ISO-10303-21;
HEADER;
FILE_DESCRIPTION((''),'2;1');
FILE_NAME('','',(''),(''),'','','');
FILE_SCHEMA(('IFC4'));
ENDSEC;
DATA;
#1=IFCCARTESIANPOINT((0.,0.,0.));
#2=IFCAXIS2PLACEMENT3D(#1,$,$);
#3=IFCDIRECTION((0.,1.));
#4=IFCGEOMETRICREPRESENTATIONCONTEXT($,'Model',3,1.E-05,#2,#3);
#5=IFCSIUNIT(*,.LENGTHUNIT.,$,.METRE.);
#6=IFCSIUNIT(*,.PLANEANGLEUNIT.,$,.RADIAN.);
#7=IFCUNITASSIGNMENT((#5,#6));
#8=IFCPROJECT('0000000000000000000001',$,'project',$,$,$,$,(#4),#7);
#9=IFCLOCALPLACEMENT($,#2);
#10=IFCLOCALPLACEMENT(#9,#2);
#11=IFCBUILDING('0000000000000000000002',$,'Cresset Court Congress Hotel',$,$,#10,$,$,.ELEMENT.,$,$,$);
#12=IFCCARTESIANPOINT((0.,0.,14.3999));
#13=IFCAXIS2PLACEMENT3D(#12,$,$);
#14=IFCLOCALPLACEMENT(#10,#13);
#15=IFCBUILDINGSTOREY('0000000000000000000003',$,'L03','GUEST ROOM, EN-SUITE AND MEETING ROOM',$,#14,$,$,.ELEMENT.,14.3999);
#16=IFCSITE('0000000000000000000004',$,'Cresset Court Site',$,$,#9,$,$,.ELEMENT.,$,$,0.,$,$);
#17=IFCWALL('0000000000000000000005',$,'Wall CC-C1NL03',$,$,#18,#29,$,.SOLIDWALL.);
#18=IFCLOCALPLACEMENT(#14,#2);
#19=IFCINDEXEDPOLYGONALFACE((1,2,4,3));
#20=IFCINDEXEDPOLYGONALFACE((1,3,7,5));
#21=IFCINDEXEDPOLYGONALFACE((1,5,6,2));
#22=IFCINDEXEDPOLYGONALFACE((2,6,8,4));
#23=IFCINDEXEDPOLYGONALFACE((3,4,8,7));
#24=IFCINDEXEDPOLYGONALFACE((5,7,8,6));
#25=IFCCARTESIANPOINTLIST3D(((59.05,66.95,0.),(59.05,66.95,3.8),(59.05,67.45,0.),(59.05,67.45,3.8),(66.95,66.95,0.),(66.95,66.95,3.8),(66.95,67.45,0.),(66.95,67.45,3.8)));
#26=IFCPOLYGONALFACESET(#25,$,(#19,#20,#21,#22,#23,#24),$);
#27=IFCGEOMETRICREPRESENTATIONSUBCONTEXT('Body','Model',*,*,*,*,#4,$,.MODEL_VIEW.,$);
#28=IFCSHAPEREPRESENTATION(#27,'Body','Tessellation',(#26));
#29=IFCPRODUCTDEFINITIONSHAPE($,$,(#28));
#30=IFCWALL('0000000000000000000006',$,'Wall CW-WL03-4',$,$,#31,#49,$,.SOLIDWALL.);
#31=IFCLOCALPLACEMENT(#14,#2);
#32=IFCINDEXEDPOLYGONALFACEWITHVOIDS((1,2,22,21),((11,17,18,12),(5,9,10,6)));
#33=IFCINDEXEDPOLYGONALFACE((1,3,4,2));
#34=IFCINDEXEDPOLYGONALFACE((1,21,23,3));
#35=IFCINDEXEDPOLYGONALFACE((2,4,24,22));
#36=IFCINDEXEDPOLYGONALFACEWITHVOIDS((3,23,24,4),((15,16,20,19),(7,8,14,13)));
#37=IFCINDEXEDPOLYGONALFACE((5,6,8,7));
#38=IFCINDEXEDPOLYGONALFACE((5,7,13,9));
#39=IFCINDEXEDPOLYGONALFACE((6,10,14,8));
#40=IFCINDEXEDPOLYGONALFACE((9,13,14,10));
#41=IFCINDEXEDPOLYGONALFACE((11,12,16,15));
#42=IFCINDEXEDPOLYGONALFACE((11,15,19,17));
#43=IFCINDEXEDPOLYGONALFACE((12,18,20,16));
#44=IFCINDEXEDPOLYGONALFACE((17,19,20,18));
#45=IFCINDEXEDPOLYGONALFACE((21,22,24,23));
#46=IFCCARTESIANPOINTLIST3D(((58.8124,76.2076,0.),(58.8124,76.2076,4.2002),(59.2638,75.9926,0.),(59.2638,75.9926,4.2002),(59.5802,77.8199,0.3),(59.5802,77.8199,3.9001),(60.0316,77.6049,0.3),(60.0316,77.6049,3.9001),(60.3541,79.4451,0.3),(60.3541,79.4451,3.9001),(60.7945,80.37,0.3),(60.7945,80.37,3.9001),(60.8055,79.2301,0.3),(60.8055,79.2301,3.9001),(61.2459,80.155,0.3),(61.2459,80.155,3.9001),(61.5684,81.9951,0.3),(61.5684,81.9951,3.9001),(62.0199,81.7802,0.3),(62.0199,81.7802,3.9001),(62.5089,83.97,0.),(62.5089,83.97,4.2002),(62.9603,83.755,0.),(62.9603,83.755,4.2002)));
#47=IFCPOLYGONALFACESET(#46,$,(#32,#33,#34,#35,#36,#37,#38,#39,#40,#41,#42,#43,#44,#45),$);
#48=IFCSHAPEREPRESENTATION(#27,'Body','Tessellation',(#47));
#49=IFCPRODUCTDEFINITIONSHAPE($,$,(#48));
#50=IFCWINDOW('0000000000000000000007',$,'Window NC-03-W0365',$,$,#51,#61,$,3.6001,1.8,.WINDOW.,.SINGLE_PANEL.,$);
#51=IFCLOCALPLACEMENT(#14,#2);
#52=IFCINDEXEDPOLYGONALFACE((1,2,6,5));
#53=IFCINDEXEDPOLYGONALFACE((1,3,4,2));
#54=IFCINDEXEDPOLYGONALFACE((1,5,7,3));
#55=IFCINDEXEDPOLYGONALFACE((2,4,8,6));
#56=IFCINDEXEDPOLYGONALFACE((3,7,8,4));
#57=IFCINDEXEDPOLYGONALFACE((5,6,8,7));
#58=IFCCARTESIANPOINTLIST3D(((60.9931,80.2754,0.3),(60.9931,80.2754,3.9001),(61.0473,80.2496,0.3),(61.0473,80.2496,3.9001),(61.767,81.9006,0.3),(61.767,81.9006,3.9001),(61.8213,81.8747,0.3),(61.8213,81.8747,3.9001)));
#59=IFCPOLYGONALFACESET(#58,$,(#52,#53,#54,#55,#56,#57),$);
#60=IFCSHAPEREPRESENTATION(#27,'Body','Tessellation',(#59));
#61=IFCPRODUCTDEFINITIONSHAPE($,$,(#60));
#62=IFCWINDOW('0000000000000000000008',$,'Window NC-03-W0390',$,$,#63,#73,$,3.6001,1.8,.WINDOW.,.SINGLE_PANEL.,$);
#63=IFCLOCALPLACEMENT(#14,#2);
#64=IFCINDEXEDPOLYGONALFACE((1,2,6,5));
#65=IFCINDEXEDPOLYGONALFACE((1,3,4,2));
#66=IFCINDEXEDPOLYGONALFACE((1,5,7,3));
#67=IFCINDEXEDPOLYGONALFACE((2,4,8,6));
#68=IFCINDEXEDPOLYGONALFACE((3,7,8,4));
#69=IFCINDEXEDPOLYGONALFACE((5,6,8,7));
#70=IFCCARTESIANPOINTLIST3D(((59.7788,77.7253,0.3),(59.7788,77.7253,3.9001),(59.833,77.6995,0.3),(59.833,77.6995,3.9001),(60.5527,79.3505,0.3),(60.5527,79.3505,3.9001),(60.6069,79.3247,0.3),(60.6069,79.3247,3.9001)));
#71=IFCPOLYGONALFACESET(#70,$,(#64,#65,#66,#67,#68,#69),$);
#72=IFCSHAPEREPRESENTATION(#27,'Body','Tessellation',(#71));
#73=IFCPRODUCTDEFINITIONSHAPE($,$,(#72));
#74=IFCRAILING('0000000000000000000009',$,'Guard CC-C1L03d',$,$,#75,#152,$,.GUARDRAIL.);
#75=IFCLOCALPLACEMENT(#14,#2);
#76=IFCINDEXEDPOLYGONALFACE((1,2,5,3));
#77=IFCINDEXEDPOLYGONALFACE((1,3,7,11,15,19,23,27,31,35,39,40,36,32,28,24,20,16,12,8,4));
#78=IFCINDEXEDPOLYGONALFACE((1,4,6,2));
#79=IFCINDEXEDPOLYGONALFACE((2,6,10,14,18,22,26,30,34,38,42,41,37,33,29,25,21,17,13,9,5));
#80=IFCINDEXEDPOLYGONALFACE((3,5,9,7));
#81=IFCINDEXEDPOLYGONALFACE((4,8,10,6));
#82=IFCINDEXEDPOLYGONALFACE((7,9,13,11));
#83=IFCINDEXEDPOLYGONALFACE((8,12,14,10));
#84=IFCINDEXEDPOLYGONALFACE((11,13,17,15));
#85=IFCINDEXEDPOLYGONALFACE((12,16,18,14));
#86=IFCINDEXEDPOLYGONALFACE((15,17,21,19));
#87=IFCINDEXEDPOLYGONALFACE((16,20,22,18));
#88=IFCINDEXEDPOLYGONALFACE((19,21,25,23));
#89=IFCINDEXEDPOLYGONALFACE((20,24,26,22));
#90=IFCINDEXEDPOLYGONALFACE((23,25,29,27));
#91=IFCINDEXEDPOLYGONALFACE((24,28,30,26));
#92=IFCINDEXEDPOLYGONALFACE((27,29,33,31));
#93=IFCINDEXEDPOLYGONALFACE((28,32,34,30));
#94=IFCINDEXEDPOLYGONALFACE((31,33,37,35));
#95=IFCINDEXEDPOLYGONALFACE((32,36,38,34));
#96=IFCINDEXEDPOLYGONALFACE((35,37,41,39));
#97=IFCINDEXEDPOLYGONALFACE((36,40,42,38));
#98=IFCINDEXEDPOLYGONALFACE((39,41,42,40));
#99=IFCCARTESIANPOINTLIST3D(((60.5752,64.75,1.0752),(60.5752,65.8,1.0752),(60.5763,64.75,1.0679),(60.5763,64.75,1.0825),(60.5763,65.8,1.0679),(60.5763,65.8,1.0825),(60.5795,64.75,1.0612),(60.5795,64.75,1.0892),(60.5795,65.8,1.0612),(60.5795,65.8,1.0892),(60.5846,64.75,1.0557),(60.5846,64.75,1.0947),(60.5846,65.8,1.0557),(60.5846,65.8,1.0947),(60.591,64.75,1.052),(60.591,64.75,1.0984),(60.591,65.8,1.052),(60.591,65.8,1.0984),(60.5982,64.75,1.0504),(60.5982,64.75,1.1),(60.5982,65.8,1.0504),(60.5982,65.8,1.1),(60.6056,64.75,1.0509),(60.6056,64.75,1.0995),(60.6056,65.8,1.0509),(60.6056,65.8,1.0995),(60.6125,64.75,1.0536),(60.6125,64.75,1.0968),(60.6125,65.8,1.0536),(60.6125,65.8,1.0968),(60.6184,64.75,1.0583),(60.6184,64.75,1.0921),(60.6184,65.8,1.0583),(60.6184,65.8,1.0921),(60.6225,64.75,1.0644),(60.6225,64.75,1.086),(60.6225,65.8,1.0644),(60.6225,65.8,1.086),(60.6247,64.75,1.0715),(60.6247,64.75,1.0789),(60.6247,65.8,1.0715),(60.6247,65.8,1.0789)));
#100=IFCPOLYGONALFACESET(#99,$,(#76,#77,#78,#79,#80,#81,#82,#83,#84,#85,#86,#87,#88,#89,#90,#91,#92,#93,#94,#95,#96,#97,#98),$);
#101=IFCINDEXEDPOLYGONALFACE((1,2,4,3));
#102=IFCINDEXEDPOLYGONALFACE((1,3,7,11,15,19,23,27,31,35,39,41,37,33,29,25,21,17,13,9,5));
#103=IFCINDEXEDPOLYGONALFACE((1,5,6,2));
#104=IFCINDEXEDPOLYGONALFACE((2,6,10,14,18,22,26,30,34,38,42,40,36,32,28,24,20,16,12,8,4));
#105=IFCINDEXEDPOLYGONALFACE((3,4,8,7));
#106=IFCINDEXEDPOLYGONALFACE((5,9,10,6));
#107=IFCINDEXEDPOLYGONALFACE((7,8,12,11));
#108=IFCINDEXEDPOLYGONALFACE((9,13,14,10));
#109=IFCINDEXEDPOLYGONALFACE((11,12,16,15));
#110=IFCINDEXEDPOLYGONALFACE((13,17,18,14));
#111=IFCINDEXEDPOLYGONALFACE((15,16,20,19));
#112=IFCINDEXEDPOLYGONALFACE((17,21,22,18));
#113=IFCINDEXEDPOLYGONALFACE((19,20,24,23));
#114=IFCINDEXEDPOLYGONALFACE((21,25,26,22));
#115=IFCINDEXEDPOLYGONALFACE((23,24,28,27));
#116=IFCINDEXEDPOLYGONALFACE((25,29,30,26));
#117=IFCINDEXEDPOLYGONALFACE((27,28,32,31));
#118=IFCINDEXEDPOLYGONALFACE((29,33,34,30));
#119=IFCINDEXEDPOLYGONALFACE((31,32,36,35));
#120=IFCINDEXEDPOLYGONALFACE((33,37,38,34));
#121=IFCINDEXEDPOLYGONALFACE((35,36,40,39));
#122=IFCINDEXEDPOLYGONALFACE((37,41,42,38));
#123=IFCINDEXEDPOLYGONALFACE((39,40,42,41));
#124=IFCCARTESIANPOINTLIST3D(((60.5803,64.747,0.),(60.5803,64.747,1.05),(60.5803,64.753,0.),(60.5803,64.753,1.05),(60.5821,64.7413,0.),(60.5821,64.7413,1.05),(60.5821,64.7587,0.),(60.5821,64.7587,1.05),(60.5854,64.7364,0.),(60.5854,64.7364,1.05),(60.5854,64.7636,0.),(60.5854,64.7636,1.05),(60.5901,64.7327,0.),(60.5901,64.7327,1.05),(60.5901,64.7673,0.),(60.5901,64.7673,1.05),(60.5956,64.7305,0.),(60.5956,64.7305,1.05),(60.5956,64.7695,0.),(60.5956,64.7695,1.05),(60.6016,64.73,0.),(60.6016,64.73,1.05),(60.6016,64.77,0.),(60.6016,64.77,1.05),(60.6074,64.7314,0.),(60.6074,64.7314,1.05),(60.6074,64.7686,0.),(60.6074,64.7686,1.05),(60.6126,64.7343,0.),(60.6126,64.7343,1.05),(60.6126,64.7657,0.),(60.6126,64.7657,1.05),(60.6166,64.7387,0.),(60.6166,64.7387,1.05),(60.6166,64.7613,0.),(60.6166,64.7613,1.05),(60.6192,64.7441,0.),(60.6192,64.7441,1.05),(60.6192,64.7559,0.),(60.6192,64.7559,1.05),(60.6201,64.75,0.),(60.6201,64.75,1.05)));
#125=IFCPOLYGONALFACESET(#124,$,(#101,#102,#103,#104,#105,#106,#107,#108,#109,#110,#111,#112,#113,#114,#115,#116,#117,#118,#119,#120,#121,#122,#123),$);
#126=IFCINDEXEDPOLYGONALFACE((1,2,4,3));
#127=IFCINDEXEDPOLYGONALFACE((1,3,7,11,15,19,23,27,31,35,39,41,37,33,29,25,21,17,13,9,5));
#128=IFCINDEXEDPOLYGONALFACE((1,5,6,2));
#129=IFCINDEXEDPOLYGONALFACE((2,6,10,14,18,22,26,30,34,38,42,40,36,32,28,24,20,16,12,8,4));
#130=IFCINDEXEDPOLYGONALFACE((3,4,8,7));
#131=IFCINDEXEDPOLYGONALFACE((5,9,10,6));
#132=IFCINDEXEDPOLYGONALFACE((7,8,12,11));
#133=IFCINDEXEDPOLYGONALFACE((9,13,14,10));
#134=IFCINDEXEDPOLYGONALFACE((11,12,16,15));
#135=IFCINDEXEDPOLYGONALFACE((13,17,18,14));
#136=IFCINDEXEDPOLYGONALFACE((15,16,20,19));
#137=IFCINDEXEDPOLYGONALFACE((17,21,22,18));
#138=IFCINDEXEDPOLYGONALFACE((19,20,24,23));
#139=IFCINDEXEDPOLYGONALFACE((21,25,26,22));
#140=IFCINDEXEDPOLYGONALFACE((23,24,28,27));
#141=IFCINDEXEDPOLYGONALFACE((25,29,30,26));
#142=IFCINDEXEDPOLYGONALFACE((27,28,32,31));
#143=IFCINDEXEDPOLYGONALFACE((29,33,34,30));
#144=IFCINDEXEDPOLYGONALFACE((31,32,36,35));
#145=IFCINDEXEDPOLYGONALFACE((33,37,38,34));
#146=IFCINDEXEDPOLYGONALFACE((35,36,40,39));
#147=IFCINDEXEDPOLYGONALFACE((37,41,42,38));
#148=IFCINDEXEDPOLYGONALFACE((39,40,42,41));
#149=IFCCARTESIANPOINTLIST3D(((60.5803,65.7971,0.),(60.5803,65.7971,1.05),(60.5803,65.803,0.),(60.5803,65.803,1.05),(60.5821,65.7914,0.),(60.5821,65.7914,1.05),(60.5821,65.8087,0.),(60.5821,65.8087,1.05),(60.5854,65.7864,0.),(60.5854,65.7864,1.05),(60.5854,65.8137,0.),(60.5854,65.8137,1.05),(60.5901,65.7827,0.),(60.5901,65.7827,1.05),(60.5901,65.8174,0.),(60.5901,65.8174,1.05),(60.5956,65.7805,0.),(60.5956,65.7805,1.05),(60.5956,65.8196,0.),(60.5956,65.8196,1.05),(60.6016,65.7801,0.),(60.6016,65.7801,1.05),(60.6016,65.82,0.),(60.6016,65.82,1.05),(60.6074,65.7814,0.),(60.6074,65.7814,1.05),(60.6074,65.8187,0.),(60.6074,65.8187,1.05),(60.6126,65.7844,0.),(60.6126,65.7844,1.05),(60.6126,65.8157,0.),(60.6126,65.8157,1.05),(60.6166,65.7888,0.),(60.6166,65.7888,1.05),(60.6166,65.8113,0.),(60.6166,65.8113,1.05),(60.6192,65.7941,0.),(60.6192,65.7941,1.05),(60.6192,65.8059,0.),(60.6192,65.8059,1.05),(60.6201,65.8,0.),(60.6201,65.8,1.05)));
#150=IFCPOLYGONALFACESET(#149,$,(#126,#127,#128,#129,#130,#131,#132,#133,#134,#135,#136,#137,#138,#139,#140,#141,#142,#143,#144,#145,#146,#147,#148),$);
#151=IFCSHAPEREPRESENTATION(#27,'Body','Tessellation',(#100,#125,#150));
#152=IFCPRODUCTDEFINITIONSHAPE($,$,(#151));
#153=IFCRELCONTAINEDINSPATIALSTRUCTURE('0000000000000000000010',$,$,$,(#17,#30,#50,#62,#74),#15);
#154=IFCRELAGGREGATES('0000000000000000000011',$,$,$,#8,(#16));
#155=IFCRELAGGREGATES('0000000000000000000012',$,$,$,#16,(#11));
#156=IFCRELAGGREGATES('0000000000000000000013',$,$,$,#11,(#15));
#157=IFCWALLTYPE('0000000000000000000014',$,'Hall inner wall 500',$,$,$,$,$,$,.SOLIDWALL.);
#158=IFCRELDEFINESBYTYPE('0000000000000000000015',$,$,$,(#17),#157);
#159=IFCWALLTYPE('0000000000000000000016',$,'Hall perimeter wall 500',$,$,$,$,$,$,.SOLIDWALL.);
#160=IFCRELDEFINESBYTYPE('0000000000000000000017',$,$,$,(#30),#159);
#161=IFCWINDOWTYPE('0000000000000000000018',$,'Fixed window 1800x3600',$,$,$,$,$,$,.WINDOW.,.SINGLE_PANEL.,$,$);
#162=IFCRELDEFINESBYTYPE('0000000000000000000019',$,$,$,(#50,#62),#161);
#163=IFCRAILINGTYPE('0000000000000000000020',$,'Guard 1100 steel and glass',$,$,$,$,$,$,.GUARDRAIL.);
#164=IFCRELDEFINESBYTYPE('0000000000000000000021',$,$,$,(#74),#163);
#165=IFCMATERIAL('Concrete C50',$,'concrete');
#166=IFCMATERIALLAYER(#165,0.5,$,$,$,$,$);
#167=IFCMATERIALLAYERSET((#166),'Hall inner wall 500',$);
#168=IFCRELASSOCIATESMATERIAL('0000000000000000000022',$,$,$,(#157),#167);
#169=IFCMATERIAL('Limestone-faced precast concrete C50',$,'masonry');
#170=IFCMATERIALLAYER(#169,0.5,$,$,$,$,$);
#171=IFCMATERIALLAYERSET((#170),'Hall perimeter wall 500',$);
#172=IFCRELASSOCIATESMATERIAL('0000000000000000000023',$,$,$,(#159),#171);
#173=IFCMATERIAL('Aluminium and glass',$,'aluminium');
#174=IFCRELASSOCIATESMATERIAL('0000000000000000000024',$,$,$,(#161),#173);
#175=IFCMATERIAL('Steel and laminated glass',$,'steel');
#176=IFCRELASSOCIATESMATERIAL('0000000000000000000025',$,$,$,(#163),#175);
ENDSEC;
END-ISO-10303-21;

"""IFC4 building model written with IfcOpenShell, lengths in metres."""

from ifc_helpers import new_model, si_unit, direction, frame, frame_2d, origin, origin_2d, place, context, subcontext, project, spatial, rectangle, circle, extrude, material, layer, layer_set, type_object, element, fill, save


model = new_model("IFC4")

# Units and contexts
model_context = context("Model", 3, precision=1e-05, world=origin(), true_north=direction((0.0, 1.0)))
body_context = subcontext(model_context, "Body", "Model", "MODEL_VIEW")
ifc_project = project(units=[si_unit("LENGTHUNIT", "METRE"), si_unit("PLANEANGLEUNIT", "RADIAN")], contexts=[model_context])

# Site, building, storey
site_placement = place(None, origin())
site = spatial("IfcSite", under=ifc_project, at=site_placement, Name="Cresset Court Site", CompositionType="ELEMENT", RefElevation=0.0)
building_placement = place(site_placement, origin())
building = spatial("IfcBuilding", under=site, at=building_placement, Name="Cresset Court Congress Hotel", CompositionType="ELEMENT")
storey_placement = place(building_placement, frame((0.0, 0.0, 14.3999)))
storey = spatial("IfcBuildingStorey", under=building, at=storey_placement, Name="L03", Description="GUEST ROOM, EN-SUITE AND MEETING ROOM", CompositionType="ELEMENT", Elevation=14.3999)

# Shared definitions
ifc_material_1 = material(Name="Concrete C50", Category="concrete")
ifc_layer_1 = layer(ifc_material_1, 0.5)
ifc_layer_set_1 = layer_set([ifc_layer_1], Name="Hall inner wall 500")
wall_type_1 = type_object("IfcWallType", Name="Hall inner wall 500", PredefinedType="SOLIDWALL", material=ifc_layer_set_1)

# Wall
wall_1_placement = place(storey_placement, frame((59.05, 67.2, 0.0), z_axis=(0.0, 0.0, 1.0), x_axis=(1.0, 0.0, 0.0)))
element("IfcWall", 1, at=wall_1_placement, inside=storey, type_object=wall_type_1, Name="Wall CC-C1NL03", PredefinedType="SOLIDWALL", context=body_context, shape_type="SweptSolid", body=[
    extrude(rectangle(XDim=7.8999, YDim=0.5, at=frame_2d((3.95, 0.0))), origin(), (0.0, 0.0, 1.0), 3.8),
])

# Wall, openings, windows
ifc_material_2 = material(Name="Limestone-faced precast concrete C50", Category="masonry")
ifc_layer_2 = layer(ifc_material_2, 0.5)
ifc_layer_set_2 = layer_set([ifc_layer_2], Name="Hall perimeter wall 500")
wall_type_2 = type_object("IfcWallType", Name="Hall perimeter wall 500", PredefinedType="SOLIDWALL", material=ifc_layer_set_2)
wall_2_placement = place(storey_placement, frame((59.0381, 76.1001, 0.0), z_axis=(0.0, 0.0, 1.0), x_axis=(0.429946, 0.902855, 0.0)))
wall_2 = element("IfcWall", 2, at=wall_2_placement, inside=storey, type_object=wall_type_2, Name="Wall CW-WL03-4", PredefinedType="SOLIDWALL", context=body_context, shape_type="SweptSolid", body=[
    extrude(rectangle(XDim=8.5977, YDim=0.5, at=frame_2d((4.2988, 0.0))), origin(), (0.0, 0.0, 1.0), 4.2002),
])
opening_1_placement = place(wall_2_placement, frame((4.6104, 0.0, 0.3)))
opening_1 = element("IfcOpeningElement", 3, at=opening_1_placement, cuts=wall_2, PredefinedType="OPENING", context=body_context, shape_type="SweptSolid", body=[
    extrude(rectangle(XDim=1.8, YDim=3.6001, at=frame_2d((0.8999, 1.8))), frame((0.0, 0.26, 0.0), z_axis=(0.0, -1.0, 0.0), x_axis=(1.0, 0.0, 0.0)), (0.0, 0.0, 1.0), 0.52),
])
opening_2_placement = place(wall_2_placement, frame((1.7859, 0.0, 0.3)))
opening_2 = element("IfcOpeningElement", 4, at=opening_2_placement, cuts=wall_2, PredefinedType="OPENING", context=body_context, shape_type="SweptSolid", body=[
    extrude(rectangle(XDim=1.8, YDim=3.6001, at=frame_2d((0.8999, 1.8))), frame((0.0, 0.26, 0.0), z_axis=(0.0, -1.0, 0.0), x_axis=(1.0, 0.0, 0.0)), (0.0, 0.0, 1.0), 0.52),
])
ifc_material_3 = material(Name="Aluminium and glass", Category="aluminium")
window_type_1 = type_object("IfcWindowType", Name="Fixed window 1800x3600", PartitioningType="SINGLE_PANEL", PredefinedType="WINDOW", material=ifc_material_3)
window_1_placement = place(opening_1_placement, origin())
window_1 = element("IfcWindow", 5, at=window_1_placement, inside=storey, type_object=window_type_1, Name="Window NC-03-W0365", OverallHeight=3.6001, OverallWidth=1.8, PartitioningType="SINGLE_PANEL", PredefinedType="WINDOW", context=body_context, shape_type="SweptSolid", body=[
    extrude(rectangle(XDim=1.8, YDim=3.6001, at=frame_2d((0.8999, 1.8))), frame((0.0, 0.03, 0.0), z_axis=(0.0, -1.0, 0.0), x_axis=(1.0, 0.0, 0.0)), (0.0, 0.0, 1.0), 0.0601),
])
fill(opening_1, window_1)
window_2_placement = place(opening_2_placement, origin())
window_2 = element("IfcWindow", 6, at=window_2_placement, inside=storey, type_object=window_type_1, Name="Window NC-03-W0390", OverallHeight=3.6001, OverallWidth=1.8, PartitioningType="SINGLE_PANEL", PredefinedType="WINDOW", context=body_context, shape_type="SweptSolid", body=[
    extrude(rectangle(XDim=1.8, YDim=3.6001, at=frame_2d((0.8999, 1.8))), frame((0.0, 0.03, 0.0), z_axis=(0.0, -1.0, 0.0), x_axis=(1.0, 0.0, 0.0)), (0.0, 0.0, 1.0), 0.0601),
])
fill(opening_2, window_2)

# Railing
ifc_material_4 = material(Name="Steel and laminated glass", Category="steel")
railing_type = type_object("IfcRailingType", Name="Guard 1100 steel and glass", PredefinedType="GUARDRAIL", material=ifc_material_4)
railing_1_placement = place(storey_placement, frame((60.6001, 64.75, 0.0)))
element("IfcRailing", 7, at=railing_1_placement, inside=storey, type_object=railing_type, Name="Guard CC-C1L03d", PredefinedType="GUARDRAIL", context=body_context, shape_type="SweptSolid", body=[
    extrude(circle(Radius=0.0249, at=origin_2d()), frame((0.0, 0.0, 1.0752), z_axis=(0.0, 1.0, 0.0), x_axis=(-1.0, 0.0, 0.0)), (0.0, 0.0, 1.0), 1.05),
    extrude(circle(Radius=0.02, at=origin_2d()), origin(), (0.0, 0.0, 1.0), 1.05),
    extrude(circle(Radius=0.02, at=origin_2d()), frame((0.0, 1.05, 0.0)), (0.0, 0.0, 1.0), 1.05),
])

save(model, "model.ifc")
